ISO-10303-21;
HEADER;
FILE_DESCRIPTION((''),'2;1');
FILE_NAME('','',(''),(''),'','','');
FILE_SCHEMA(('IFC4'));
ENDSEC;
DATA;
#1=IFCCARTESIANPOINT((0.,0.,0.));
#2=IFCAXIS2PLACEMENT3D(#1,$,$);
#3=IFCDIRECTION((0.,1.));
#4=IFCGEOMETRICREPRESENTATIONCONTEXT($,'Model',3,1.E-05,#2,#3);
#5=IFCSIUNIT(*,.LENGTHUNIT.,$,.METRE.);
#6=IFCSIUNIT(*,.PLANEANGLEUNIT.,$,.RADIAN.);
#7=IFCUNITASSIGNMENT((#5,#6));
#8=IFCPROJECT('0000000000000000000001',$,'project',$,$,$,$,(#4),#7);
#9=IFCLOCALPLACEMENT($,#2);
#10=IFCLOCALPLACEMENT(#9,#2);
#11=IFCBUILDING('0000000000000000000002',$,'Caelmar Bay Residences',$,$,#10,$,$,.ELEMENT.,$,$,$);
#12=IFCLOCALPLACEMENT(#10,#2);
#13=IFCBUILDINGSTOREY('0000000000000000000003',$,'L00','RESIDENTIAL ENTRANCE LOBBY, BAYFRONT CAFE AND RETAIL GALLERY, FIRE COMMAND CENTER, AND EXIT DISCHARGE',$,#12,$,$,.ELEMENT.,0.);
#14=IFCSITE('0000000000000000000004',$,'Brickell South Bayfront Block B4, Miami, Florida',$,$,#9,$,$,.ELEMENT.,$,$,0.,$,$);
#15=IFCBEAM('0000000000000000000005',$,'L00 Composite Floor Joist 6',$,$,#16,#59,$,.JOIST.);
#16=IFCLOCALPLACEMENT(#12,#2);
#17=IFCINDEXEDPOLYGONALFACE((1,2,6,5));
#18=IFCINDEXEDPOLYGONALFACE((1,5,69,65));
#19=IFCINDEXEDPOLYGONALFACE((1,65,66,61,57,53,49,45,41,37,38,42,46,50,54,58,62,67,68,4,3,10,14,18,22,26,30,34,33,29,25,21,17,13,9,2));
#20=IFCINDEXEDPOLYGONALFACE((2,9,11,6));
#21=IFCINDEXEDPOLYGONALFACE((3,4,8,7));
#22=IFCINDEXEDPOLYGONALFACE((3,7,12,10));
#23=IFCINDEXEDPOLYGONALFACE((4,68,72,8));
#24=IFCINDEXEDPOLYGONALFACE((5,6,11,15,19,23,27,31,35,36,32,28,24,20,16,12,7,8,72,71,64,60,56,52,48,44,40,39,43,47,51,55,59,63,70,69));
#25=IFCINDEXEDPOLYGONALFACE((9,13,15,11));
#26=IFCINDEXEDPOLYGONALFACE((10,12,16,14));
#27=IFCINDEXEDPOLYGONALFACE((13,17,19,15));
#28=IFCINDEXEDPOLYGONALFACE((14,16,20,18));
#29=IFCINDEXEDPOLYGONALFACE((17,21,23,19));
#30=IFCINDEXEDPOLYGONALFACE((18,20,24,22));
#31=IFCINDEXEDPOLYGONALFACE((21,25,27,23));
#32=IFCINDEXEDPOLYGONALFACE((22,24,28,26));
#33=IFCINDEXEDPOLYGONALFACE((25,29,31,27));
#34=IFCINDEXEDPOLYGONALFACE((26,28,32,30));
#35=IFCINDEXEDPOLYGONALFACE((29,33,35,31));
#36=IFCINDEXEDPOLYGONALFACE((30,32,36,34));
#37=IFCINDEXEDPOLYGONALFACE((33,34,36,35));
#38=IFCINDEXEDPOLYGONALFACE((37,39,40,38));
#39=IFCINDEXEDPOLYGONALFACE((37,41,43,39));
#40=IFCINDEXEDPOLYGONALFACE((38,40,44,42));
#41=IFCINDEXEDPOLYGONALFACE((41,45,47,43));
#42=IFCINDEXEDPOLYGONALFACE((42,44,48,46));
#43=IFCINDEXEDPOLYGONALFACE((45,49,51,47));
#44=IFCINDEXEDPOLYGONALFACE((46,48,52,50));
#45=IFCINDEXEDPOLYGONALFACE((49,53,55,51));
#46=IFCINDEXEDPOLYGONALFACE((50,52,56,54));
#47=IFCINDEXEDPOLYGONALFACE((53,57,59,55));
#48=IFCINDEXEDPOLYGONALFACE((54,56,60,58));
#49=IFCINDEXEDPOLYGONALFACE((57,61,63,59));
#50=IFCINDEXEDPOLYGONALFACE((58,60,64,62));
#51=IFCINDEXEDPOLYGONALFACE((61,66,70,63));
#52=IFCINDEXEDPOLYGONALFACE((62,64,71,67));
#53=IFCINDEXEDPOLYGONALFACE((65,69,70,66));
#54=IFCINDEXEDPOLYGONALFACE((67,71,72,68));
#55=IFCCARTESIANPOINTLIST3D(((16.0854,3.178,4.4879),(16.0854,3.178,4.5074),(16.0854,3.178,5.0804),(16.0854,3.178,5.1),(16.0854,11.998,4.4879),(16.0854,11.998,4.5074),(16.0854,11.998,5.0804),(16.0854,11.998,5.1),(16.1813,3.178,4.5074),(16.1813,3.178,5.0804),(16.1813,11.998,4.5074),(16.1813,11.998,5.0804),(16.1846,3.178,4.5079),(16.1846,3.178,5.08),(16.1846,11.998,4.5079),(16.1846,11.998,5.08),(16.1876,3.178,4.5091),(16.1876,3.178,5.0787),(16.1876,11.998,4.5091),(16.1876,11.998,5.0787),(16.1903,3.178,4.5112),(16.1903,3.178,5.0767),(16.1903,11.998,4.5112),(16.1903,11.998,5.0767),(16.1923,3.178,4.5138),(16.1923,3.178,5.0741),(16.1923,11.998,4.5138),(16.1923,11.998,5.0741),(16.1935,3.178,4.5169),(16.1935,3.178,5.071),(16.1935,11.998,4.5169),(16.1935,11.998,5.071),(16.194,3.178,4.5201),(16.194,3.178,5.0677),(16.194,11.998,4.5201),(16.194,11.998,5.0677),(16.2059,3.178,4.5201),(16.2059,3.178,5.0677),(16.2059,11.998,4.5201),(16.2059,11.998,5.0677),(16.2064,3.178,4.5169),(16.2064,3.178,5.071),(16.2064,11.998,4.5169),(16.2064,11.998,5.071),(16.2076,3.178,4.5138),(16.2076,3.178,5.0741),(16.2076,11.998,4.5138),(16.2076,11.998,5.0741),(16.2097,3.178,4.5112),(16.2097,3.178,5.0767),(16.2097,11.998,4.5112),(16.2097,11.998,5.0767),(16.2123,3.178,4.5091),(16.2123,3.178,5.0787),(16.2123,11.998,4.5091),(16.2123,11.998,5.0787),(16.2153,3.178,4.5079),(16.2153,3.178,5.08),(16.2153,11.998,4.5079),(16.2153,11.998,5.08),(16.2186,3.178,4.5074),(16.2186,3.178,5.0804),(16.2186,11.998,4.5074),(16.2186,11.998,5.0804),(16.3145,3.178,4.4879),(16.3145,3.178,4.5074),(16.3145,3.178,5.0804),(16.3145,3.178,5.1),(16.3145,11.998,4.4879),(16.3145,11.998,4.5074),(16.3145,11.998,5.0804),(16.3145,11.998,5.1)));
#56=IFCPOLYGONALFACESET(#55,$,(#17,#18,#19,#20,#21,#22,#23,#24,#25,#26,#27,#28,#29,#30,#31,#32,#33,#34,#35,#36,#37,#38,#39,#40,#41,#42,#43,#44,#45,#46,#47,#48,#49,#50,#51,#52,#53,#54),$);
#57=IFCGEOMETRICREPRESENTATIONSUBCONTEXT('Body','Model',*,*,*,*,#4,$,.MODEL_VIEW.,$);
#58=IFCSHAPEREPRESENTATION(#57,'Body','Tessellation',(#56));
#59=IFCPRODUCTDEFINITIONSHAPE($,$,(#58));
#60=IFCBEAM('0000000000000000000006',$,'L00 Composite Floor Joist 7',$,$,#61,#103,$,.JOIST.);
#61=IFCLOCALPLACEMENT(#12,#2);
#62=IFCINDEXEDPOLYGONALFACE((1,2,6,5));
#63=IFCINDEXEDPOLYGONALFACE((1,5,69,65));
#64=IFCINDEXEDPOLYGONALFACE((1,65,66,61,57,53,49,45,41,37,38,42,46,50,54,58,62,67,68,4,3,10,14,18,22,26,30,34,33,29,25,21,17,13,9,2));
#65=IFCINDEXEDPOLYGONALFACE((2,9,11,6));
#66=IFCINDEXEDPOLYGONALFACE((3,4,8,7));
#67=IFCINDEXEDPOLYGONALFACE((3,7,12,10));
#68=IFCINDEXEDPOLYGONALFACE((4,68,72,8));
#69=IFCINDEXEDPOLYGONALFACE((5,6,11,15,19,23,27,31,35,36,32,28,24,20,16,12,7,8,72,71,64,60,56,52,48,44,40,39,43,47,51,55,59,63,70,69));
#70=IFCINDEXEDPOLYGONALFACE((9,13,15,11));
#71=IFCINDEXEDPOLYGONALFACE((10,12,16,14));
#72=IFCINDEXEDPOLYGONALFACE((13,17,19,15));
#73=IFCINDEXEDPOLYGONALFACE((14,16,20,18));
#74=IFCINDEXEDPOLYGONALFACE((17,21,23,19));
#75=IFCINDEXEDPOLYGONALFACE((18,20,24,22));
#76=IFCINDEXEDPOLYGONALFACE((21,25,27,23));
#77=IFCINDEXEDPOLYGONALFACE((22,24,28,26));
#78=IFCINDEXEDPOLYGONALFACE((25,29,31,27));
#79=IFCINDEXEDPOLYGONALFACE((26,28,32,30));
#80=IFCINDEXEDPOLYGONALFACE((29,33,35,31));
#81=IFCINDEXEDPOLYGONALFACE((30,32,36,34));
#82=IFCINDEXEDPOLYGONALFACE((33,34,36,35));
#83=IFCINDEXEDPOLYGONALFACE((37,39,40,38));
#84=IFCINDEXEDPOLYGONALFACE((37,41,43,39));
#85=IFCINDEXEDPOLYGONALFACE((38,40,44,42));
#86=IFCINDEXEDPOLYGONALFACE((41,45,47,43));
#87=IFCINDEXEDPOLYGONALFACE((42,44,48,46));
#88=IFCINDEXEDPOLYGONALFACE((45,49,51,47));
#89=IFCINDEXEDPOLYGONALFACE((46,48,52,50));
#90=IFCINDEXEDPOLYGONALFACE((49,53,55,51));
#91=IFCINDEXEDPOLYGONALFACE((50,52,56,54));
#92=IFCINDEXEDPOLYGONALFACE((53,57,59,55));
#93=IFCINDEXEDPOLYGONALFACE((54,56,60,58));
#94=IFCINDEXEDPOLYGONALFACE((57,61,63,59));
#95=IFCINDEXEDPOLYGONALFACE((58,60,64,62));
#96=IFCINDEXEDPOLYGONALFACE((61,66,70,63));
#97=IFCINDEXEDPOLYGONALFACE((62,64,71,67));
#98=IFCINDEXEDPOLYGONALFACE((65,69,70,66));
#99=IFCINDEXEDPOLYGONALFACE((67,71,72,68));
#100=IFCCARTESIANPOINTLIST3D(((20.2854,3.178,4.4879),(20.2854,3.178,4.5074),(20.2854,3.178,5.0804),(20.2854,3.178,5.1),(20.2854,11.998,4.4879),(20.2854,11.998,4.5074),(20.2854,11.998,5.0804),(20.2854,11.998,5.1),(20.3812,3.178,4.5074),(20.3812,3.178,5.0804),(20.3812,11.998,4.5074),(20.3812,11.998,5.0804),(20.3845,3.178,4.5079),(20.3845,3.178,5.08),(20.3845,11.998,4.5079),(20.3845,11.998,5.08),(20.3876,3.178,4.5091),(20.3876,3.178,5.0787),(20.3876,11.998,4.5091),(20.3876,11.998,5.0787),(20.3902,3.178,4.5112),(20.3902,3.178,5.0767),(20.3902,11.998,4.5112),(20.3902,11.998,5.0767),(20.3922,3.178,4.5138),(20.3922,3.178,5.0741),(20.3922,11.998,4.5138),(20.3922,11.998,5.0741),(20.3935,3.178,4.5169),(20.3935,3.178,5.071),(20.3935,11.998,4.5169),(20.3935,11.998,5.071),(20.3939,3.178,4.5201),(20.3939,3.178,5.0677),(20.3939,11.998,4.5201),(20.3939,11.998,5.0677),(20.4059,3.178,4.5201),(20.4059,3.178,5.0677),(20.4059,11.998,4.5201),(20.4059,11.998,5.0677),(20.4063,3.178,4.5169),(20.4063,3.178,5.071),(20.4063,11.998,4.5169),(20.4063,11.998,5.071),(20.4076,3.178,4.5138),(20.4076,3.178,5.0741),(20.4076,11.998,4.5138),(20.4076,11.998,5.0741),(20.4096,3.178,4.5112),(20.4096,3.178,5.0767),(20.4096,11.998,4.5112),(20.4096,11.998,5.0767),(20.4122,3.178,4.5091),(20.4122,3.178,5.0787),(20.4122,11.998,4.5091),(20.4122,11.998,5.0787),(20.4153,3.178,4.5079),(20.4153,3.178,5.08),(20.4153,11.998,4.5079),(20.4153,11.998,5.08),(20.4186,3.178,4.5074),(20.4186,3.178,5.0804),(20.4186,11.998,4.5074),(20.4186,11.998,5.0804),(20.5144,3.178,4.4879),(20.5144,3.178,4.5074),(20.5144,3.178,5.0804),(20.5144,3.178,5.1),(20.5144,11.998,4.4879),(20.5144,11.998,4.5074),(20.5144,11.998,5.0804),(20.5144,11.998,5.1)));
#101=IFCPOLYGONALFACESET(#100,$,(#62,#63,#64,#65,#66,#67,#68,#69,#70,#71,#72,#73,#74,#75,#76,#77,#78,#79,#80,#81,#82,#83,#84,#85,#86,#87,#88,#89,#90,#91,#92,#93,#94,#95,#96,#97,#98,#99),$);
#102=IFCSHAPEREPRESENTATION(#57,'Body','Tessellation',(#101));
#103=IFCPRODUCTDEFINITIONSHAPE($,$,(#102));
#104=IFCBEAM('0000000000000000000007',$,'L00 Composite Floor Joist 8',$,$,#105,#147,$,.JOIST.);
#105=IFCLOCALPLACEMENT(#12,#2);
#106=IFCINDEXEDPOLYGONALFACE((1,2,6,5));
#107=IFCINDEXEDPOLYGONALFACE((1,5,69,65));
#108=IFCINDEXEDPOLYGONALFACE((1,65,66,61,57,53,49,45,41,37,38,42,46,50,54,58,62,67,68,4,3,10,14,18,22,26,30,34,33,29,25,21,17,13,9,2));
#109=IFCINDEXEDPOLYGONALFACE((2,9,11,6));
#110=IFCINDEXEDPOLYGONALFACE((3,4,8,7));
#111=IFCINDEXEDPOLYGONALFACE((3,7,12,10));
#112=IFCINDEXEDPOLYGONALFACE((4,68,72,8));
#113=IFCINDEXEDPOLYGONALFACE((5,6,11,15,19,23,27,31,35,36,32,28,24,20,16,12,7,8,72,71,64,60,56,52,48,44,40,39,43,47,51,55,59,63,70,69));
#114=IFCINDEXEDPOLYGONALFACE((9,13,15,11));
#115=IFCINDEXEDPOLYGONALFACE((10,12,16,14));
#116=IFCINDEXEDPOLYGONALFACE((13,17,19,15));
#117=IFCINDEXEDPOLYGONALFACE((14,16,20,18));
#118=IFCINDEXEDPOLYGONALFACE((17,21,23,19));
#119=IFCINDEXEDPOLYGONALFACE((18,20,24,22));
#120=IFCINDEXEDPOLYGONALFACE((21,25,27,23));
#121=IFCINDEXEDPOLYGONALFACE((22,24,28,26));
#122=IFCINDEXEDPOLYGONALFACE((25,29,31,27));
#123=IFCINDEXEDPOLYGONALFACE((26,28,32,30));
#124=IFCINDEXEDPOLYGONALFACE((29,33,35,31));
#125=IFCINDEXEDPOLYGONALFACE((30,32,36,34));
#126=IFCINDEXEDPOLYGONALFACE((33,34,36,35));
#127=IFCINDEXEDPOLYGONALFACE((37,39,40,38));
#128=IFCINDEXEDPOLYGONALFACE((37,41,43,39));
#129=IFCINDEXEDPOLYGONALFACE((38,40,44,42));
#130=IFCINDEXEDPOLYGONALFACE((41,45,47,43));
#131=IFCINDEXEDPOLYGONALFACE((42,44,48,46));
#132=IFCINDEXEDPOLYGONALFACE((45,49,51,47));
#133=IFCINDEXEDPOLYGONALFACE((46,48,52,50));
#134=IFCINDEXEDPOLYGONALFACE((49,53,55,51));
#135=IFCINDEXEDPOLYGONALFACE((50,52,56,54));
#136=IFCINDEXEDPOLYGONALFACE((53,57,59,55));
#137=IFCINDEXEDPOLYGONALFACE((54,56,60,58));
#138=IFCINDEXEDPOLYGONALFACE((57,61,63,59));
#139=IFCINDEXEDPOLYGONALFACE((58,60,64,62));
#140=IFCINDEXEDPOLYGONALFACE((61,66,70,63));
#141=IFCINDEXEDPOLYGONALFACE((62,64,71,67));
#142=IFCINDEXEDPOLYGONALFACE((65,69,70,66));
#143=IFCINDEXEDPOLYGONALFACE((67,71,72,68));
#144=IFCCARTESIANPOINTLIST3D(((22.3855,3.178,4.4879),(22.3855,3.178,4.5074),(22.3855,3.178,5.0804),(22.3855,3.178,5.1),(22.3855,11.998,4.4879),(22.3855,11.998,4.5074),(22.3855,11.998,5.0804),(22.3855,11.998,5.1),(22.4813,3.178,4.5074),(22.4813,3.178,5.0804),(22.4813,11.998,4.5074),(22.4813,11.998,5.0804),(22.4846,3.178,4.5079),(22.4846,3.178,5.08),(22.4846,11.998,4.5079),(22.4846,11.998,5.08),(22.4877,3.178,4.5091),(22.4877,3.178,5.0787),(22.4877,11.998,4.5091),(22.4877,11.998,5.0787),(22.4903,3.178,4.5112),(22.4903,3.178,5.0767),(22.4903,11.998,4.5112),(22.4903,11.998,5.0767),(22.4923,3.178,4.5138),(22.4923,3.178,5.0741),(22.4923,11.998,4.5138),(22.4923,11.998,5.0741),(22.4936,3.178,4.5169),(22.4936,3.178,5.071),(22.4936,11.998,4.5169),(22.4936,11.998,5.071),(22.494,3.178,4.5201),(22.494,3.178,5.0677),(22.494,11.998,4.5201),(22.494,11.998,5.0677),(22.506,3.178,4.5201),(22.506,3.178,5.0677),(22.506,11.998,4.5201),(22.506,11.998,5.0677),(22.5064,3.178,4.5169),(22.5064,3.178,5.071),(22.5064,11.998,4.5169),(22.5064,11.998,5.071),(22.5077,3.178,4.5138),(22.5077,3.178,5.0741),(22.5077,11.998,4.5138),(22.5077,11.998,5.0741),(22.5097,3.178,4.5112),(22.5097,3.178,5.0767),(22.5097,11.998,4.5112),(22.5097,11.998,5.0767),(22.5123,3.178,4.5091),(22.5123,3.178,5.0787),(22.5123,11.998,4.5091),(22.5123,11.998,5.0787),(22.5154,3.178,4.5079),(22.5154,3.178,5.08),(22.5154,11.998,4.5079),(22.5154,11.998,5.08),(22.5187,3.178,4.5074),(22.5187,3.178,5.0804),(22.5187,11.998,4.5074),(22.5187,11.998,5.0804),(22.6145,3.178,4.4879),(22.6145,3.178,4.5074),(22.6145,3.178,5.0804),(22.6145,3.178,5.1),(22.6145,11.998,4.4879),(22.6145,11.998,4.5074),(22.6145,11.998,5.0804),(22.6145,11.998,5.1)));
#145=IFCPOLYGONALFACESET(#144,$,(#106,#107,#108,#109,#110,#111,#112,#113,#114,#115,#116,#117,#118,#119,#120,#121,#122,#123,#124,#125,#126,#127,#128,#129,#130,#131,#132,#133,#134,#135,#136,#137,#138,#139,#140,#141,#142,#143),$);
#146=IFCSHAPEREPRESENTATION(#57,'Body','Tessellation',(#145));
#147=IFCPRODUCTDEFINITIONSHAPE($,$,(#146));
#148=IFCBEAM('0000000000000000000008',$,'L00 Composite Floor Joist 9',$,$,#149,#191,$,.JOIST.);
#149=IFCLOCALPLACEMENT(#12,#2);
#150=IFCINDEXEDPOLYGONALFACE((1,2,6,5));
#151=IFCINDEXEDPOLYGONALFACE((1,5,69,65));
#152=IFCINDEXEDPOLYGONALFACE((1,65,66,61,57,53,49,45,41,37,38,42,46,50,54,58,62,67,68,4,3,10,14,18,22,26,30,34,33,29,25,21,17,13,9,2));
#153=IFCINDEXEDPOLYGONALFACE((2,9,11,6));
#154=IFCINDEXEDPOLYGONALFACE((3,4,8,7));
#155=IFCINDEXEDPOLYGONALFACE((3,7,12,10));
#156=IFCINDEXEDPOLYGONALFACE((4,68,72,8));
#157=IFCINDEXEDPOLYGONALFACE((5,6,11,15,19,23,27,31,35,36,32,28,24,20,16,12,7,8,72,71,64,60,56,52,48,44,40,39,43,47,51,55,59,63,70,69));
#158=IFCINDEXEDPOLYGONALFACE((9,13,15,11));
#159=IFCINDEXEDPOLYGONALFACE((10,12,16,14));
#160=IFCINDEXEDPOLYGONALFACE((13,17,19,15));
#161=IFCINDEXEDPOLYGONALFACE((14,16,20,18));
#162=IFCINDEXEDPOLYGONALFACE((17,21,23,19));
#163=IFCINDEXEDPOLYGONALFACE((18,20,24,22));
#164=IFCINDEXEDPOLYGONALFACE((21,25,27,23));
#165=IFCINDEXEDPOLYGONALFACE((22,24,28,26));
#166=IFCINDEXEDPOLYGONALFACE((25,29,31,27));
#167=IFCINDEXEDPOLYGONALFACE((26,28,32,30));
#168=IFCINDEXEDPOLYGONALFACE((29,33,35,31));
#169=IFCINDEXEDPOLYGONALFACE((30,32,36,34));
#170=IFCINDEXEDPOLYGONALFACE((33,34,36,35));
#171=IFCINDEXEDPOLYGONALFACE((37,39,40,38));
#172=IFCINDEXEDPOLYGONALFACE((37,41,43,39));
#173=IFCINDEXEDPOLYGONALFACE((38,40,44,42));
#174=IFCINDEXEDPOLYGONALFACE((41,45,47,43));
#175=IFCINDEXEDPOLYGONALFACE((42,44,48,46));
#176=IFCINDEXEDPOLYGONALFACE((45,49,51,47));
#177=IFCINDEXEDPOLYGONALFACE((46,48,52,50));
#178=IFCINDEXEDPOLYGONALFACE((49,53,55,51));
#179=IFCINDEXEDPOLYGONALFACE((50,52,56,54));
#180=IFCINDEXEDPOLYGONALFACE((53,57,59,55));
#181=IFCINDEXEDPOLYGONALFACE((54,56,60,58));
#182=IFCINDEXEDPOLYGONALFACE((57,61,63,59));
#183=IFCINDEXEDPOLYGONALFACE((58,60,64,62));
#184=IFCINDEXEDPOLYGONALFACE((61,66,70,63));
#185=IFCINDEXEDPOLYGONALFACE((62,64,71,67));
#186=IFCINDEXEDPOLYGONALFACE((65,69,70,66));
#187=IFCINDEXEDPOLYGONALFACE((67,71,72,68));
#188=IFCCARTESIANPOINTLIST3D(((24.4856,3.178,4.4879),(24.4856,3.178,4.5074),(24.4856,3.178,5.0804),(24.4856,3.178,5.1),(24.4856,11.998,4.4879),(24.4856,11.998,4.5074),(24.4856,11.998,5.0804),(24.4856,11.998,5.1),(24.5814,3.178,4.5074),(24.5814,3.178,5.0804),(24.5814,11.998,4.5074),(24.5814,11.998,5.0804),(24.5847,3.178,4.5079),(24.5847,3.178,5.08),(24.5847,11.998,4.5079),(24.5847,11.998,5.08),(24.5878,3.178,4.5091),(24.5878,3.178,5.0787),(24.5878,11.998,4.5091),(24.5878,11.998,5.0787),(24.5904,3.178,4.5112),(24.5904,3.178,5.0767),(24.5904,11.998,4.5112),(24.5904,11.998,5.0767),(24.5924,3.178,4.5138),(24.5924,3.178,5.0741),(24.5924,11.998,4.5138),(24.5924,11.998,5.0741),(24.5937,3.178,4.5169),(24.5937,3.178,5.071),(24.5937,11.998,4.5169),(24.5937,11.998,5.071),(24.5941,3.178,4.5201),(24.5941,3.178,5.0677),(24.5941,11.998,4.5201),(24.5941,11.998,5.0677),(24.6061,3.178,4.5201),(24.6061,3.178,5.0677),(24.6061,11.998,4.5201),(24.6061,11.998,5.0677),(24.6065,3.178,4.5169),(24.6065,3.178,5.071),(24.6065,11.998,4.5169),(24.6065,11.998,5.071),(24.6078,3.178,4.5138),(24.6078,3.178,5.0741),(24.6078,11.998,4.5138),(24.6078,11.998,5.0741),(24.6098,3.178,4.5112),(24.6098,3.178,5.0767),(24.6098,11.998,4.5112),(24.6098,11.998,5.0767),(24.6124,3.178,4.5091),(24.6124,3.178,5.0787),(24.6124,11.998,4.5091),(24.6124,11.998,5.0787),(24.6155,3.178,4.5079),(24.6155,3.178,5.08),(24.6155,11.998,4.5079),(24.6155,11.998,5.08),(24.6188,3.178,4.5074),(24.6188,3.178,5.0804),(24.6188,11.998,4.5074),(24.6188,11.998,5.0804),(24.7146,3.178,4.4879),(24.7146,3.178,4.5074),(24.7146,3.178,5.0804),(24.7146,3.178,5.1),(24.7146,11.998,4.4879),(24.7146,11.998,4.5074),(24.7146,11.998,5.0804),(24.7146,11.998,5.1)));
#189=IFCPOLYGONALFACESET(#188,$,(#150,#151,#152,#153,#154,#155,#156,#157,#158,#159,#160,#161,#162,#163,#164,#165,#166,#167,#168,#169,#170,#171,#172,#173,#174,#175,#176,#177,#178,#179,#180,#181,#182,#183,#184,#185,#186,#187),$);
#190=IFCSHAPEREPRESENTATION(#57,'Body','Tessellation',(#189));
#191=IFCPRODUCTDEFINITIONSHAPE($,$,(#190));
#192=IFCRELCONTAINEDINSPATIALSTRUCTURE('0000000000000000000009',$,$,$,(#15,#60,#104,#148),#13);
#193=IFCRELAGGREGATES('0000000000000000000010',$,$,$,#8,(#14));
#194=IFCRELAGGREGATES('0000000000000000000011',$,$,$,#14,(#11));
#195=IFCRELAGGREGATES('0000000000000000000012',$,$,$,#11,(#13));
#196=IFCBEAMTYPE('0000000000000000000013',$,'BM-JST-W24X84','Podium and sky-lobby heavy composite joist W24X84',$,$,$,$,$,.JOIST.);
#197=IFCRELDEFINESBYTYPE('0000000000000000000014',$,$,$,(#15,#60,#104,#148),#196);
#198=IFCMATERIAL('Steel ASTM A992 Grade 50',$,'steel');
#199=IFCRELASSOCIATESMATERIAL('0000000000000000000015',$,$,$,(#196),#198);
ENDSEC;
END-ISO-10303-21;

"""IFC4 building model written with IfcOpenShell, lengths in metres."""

from ifc_helpers import new_model, si_unit, direction, frame, origin, origin_2d, place, context, subcontext, project, spatial, i_section, extrude, material, material_profile, profile_set, type_object, element, save


model = new_model("IFC4")

# Units and contexts
model_context = context("Model", 3, precision=1e-05, world=origin(), true_north=direction((0.0, 1.0)))
body_context = subcontext(model_context, "Body", "Model", "MODEL_VIEW")
ifc_project = project(units=[si_unit("LENGTHUNIT", "METRE"), si_unit("PLANEANGLEUNIT", "RADIAN")], contexts=[model_context])

# Site, building, storey
site_placement = place(None, origin())
site = spatial("IfcSite", under=ifc_project, at=site_placement, Name="Brickell South Bayfront Block B4, Miami, Florida", CompositionType="ELEMENT", RefElevation=0.0)
building_placement = place(site_placement, origin())
building = spatial("IfcBuilding", under=site, at=building_placement, Name="Caelmar Bay Residences", CompositionType="ELEMENT")
storey_placement = place(building_placement, origin())
storey = spatial("IfcBuildingStorey", under=building, at=storey_placement, Name="L00", Description="RESIDENTIAL ENTRANCE LOBBY, BAYFRONT CAFE AND RETAIL GALLERY, FIRE COMMAND CENTER, AND EXIT DISCHARGE", CompositionType="ELEMENT", Elevation=0.0)

# Beams
ifc_material_1 = material(Name="Steel ASTM A992 Grade 50", Category="steel")
ifc_material_profile_1 = material_profile(ifc_material_1, i_section(OverallWidth=0.229, OverallDepth=0.6121, WebThickness=0.012, FlangeThickness=0.0195, FilletRadius=0.0127, at=origin_2d()), Name="W24X84")
ifc_profile_set_1 = profile_set([ifc_material_profile_1], Name="Steel ASTM A992 Grade 50")
beam_type_1 = type_object("IfcBeamType", Name="BM-JST-W24X84", Description="Podium and sky-lobby heavy composite joist W24X84", PredefinedType="JOIST", material=ifc_profile_set_1)
for number, where, z_axis, x_axis, name in (
    (1, (16.2, 3.178, 4.7939), (0.0, 1.0, 0.0), (-1.0, 0.0, 0.0), "L00 Composite Floor Joist 6"),
    (2, (20.3999, 3.178, 4.7939), (0.0, 1.0, 0.0), (-1.0, 0.0, 0.0), "L00 Composite Floor Joist 7"),
    (3, (22.5, 3.178, 4.7939), (0.0, 1.0, 0.0), (-1.0, 0.0, 0.0), "L00 Composite Floor Joist 8"),
    (4, (24.6001, 3.178, 4.7939), (0.0, 1.0, 0.0), (-1.0, 0.0, 0.0), "L00 Composite Floor Joist 9"),
):
    element("IfcBeam", number, at=place(storey_placement, frame(where, z_axis=z_axis, x_axis=x_axis)), inside=storey, type_object=beam_type_1, Name=name, PredefinedType="JOIST", context=body_context, shape_type="SweptSolid", body=[
        extrude(i_section(OverallWidth=0.229, OverallDepth=0.6121, WebThickness=0.012, FlangeThickness=0.0195, FilletRadius=0.0127, at=origin_2d()), origin(), (0.0, 0.0, 1.0), 8.8201),
    ])

save(model, "model.ifc")
